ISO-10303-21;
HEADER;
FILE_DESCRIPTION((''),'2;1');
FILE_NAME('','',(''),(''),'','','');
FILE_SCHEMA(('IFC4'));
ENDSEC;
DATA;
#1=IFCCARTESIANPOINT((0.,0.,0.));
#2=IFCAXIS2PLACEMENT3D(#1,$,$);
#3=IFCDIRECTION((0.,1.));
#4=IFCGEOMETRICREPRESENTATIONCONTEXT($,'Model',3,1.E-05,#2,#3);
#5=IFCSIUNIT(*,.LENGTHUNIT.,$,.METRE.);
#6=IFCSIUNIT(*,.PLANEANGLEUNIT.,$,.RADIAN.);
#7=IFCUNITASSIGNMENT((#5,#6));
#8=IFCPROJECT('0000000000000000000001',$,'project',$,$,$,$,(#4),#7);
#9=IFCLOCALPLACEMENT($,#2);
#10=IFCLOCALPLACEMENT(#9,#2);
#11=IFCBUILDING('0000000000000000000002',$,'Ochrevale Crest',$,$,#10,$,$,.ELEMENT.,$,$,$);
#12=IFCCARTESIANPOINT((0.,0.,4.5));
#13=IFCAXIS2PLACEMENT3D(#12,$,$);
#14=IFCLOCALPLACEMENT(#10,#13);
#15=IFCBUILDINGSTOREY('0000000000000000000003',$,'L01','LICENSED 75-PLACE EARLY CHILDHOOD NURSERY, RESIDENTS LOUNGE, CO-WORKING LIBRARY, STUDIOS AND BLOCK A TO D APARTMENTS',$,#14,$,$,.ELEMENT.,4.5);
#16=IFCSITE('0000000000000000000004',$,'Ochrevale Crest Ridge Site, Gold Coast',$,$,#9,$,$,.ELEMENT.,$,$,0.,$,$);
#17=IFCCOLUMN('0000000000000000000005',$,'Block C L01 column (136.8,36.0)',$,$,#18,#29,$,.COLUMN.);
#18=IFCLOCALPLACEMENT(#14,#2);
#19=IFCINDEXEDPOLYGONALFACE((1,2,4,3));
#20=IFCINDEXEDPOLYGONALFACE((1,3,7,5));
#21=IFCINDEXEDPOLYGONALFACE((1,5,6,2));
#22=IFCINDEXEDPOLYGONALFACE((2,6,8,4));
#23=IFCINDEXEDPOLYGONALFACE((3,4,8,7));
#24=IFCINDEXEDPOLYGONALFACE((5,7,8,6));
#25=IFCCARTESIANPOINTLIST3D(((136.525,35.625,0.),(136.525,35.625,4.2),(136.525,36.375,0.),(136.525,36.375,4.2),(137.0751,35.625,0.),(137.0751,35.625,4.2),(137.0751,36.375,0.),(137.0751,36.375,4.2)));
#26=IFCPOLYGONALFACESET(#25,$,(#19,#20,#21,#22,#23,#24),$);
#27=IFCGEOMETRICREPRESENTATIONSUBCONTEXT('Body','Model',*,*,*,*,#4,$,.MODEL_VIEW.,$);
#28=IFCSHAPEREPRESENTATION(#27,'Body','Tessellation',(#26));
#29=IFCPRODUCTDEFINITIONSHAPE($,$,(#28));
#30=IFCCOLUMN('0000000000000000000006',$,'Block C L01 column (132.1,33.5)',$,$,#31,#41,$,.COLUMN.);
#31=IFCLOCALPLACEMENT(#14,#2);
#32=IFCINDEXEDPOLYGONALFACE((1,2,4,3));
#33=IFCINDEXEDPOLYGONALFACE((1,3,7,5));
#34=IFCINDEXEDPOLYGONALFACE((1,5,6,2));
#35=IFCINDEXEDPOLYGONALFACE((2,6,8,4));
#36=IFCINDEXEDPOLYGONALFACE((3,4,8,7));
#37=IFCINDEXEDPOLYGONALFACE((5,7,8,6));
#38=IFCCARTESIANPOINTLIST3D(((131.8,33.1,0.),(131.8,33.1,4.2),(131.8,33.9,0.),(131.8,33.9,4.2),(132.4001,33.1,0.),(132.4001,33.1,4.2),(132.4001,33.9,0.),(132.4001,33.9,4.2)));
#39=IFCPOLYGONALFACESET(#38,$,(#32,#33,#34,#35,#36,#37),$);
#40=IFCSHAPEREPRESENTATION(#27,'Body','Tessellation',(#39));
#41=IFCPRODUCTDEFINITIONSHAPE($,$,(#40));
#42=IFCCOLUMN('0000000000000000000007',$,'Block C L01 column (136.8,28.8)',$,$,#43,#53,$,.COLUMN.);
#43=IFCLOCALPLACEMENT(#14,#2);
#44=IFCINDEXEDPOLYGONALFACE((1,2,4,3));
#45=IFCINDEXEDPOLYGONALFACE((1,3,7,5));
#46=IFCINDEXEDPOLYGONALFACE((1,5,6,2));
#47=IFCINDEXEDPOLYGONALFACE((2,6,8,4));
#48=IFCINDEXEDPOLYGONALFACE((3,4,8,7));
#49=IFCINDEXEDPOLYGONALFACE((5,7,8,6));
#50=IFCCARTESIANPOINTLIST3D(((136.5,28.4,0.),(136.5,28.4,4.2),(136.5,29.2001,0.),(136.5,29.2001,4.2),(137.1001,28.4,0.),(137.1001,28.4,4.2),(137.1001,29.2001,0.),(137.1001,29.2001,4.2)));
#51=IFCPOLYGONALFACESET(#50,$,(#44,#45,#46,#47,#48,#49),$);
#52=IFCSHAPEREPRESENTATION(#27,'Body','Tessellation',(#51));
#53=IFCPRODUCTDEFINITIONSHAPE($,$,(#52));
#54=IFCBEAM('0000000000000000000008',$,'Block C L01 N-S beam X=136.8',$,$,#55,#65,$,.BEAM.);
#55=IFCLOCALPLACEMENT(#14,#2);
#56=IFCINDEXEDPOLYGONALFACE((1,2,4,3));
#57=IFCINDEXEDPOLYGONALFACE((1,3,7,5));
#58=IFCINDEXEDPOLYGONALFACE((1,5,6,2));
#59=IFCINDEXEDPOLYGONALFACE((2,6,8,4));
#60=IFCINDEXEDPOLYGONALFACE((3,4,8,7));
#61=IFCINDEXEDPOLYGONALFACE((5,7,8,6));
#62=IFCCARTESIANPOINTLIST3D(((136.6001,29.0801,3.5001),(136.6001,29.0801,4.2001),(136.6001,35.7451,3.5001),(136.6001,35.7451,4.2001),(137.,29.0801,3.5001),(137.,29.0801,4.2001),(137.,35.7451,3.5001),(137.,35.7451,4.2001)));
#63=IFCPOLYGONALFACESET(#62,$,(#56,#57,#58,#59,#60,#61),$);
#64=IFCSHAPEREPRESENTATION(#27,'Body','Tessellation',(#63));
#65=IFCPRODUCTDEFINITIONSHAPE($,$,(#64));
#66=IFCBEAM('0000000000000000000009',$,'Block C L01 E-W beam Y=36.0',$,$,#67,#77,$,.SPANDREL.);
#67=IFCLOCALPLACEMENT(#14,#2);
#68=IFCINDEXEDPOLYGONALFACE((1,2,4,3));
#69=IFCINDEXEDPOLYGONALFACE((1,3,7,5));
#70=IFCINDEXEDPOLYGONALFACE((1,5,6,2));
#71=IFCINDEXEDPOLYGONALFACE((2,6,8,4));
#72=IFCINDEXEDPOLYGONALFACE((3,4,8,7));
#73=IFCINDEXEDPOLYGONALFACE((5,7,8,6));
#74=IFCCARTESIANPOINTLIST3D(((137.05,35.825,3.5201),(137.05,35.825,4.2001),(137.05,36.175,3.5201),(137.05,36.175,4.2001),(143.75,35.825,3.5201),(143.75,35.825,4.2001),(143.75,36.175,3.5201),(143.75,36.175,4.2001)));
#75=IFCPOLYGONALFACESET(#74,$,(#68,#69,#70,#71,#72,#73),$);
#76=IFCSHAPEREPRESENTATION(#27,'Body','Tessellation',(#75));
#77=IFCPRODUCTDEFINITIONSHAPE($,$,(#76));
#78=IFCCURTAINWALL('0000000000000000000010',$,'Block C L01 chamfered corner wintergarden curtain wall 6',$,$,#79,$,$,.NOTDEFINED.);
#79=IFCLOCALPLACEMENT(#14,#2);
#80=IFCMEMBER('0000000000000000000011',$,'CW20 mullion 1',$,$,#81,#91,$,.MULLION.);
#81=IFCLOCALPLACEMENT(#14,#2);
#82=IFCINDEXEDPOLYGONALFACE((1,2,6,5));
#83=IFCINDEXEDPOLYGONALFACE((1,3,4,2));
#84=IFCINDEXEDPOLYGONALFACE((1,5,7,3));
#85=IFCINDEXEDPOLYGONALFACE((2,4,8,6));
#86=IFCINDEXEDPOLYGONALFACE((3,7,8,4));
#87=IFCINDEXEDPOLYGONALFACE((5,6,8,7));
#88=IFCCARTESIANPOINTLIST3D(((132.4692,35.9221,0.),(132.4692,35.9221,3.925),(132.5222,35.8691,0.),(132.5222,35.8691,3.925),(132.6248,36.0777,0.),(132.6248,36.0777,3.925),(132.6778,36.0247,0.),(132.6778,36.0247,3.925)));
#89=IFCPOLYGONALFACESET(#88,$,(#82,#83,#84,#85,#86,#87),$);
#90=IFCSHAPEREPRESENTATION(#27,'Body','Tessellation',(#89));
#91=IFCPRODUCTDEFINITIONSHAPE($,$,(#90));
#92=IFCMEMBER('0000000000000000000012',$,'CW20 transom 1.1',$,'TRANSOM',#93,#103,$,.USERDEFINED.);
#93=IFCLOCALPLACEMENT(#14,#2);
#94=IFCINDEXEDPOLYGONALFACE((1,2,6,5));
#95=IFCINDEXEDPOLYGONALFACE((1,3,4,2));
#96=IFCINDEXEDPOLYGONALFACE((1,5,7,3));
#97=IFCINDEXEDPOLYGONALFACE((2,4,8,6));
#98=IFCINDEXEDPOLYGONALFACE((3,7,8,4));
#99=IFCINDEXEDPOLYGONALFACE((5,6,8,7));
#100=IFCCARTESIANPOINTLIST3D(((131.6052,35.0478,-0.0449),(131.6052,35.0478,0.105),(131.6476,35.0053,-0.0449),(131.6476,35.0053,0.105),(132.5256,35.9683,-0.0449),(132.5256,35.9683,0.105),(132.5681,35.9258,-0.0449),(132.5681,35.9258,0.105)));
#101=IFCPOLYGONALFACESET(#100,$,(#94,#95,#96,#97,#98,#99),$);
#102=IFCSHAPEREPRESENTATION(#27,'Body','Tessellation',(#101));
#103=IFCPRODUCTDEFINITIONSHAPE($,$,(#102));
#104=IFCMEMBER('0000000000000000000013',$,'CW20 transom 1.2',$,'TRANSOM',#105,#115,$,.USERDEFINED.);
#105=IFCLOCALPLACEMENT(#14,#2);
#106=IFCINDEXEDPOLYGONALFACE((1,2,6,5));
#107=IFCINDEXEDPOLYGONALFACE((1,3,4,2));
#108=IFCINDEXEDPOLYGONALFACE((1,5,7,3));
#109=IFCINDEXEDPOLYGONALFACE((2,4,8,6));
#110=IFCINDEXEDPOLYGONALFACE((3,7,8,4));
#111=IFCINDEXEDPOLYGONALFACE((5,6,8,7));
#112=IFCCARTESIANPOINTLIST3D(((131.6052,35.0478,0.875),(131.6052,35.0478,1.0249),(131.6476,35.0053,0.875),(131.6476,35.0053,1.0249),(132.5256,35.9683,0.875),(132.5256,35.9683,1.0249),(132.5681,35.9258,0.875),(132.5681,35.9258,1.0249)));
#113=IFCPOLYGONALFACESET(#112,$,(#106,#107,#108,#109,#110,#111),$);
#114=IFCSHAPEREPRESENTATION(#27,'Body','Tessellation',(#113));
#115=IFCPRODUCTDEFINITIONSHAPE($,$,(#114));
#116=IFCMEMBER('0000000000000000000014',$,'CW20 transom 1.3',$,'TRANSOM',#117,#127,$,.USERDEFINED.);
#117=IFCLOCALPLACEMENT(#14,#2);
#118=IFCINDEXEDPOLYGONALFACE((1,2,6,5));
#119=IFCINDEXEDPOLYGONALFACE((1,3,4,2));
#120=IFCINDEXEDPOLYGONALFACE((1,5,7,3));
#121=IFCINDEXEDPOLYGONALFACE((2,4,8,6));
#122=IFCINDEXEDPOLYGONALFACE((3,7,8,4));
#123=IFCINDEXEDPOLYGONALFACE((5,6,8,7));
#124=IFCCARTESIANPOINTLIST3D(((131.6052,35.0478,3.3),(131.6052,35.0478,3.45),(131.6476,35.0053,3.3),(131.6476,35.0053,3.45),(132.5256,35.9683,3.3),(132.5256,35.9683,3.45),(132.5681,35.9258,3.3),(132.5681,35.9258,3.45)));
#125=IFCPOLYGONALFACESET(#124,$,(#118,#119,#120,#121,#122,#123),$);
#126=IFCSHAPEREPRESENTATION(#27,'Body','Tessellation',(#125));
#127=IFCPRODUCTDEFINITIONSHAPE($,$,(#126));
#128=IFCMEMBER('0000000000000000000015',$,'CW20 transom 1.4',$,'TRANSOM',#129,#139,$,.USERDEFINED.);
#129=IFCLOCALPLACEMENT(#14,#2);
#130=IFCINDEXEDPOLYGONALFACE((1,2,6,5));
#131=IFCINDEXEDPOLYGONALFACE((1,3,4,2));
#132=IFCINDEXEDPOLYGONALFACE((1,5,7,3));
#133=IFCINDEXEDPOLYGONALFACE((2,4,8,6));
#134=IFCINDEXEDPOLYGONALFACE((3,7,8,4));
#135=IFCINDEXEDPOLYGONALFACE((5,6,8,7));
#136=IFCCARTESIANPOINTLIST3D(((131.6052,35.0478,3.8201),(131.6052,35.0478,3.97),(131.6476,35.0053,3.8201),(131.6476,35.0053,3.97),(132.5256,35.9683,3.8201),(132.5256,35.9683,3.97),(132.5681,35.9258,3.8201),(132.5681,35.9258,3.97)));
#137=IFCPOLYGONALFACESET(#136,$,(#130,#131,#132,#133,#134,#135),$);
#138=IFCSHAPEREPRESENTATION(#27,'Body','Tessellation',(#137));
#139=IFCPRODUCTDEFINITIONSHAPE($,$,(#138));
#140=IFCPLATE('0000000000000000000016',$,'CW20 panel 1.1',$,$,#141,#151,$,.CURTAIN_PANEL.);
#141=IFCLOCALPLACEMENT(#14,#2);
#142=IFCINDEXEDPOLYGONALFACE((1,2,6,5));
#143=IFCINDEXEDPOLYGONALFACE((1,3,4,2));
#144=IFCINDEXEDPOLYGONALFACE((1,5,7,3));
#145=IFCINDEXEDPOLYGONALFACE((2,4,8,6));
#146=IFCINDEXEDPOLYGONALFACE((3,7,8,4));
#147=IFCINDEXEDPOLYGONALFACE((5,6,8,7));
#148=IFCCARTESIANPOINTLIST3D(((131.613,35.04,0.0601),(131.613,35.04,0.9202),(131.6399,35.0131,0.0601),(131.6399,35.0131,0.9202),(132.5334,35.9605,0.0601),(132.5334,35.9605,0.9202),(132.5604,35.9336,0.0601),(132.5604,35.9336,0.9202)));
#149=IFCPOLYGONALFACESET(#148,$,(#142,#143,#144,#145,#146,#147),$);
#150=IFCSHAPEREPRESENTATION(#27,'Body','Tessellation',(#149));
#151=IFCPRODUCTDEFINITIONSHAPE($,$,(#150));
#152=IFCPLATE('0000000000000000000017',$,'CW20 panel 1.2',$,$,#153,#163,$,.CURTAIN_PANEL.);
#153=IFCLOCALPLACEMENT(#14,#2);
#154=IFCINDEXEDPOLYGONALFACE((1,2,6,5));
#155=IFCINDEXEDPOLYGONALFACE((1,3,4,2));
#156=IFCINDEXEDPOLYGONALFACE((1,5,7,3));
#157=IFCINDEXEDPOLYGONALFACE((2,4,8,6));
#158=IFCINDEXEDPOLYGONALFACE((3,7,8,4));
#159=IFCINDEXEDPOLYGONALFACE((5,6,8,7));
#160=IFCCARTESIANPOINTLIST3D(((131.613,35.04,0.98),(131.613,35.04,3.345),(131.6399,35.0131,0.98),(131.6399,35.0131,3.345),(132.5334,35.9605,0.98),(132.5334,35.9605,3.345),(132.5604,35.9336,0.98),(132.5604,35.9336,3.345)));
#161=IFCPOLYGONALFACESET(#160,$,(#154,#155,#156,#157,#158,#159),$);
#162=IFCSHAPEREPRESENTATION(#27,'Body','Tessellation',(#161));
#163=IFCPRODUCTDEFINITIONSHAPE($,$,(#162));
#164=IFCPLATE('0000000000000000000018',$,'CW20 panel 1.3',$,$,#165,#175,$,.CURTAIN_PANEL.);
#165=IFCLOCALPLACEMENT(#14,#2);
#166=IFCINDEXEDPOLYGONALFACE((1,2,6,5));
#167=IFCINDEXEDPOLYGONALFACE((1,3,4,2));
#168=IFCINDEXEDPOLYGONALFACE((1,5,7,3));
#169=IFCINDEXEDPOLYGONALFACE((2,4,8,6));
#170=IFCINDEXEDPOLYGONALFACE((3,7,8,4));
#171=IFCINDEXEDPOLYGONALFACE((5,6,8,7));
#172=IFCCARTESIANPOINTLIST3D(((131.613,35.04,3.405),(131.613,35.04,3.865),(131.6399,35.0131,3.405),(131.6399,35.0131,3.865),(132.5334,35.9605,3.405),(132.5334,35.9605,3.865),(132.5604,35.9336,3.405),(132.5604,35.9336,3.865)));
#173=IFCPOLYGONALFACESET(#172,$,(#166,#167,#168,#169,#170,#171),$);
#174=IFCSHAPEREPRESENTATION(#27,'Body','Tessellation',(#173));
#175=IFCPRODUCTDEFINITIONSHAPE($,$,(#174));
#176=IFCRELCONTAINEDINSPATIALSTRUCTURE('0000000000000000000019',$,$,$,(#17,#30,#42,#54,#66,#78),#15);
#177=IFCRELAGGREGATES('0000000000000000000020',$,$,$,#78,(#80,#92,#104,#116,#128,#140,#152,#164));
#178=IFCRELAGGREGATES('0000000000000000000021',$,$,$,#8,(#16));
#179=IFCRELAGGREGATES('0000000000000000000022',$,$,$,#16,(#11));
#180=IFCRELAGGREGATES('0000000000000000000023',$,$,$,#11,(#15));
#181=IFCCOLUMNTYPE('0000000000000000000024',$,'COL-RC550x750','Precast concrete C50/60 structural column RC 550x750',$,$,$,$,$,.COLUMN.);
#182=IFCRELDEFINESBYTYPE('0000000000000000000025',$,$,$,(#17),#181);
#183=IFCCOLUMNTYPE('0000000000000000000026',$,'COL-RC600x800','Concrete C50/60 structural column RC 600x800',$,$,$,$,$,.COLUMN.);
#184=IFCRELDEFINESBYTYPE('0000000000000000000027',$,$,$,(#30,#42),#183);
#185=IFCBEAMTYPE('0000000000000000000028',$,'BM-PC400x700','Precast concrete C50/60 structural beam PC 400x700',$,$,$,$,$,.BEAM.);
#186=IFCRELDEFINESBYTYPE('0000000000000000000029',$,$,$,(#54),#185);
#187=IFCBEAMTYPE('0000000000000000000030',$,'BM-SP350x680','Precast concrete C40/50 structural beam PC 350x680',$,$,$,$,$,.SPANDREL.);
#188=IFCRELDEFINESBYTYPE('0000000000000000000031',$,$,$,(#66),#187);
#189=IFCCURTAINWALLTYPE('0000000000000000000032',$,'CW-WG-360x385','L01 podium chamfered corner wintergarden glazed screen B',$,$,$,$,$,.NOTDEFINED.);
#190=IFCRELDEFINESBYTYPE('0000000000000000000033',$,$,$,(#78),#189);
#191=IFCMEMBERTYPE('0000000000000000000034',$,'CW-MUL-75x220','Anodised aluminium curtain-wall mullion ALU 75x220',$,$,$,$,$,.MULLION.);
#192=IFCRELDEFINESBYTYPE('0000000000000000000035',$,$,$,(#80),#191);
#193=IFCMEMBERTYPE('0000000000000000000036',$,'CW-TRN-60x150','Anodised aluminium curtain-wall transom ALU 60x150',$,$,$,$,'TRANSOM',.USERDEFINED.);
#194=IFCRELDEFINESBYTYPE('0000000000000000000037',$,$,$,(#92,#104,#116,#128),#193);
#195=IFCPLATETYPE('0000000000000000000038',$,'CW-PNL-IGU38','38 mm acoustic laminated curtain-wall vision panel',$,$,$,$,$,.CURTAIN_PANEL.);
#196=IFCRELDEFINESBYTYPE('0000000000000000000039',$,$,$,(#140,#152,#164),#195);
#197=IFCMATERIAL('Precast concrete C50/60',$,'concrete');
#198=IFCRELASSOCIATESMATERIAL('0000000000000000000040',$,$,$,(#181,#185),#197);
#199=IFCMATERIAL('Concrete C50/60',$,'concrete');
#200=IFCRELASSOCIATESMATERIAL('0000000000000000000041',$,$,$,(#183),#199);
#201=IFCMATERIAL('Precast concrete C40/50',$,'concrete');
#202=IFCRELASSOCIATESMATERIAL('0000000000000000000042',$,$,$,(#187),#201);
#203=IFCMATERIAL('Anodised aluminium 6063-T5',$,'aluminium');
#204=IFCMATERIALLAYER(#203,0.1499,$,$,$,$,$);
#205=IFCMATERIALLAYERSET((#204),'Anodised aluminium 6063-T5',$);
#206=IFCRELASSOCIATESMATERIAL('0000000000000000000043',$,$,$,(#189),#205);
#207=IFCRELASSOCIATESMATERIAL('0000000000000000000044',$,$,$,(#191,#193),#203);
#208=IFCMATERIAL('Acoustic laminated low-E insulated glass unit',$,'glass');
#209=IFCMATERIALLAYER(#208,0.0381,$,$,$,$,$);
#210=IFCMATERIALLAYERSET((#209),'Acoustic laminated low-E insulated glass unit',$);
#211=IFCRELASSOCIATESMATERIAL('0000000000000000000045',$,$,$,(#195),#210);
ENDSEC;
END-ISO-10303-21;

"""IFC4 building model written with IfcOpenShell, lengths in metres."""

from ifc_helpers import new_model, si_unit, direction, frame, origin, origin_2d, place, context, subcontext, project, spatial, rectangle, extrude, material, layer, layer_set, material_profile, profile_set, type_object, element, aggregate, save


model = new_model("IFC4")

# Units and contexts
model_context = context("Model", 3, precision=1e-05, world=origin(), true_north=direction((0.0, 1.0)))
body_context = subcontext(model_context, "Body", "Model", "MODEL_VIEW")
ifc_project = project(units=[si_unit("LENGTHUNIT", "METRE"), si_unit("PLANEANGLEUNIT", "RADIAN")], contexts=[model_context])

# Site, building, storey
site_placement = place(None, origin())
site = spatial("IfcSite", under=ifc_project, at=site_placement, Name="Ochrevale Crest Ridge Site, Gold Coast", CompositionType="ELEMENT", RefElevation=0.0)
building_placement = place(site_placement, origin())
building = spatial("IfcBuilding", under=site, at=building_placement, Name="Ochrevale Crest", CompositionType="ELEMENT")
storey_placement = place(building_placement, frame((0.0, 0.0, 4.5)))
storey = spatial("IfcBuildingStorey", under=building, at=storey_placement, Name="L01", Description="LICENSED 75-PLACE EARLY CHILDHOOD NURSERY, RESIDENTS LOUNGE, CO-WORKING LIBRARY, STUDIOS AND BLOCK A TO D APARTMENTS", CompositionType="ELEMENT", Elevation=4.5)

# Columns
ifc_material_1 = material(Name="Precast concrete C50/60", Category="concrete")
ifc_material_profile_1 = material_profile(ifc_material_1, rectangle(XDim=0.55, YDim=0.75, at=origin_2d()), Name="RC 550x750")
ifc_profile_set_1 = profile_set([ifc_material_profile_1], Name="Precast concrete C50/60")
column_type_1 = type_object("IfcColumnType", Name="COL-RC550x750", Description="Precast concrete C50/60 structural column RC 550x750", PredefinedType="COLUMN", material=ifc_profile_set_1)
column_placement = place(storey_placement, frame((136.8, 36.0, 0.0), z_axis=(0.0, 0.0, 1.0), x_axis=(1.0, 0.0, 0.0)))
element("IfcColumn", 1, at=column_placement, inside=storey, type_object=column_type_1, Name="Block C L01 column (136.8,36.0)", PredefinedType="COLUMN", context=body_context, shape_type="SweptSolid", body=[
    extrude(rectangle(XDim=0.55, YDim=0.75, at=origin_2d()), origin(), (0.0, 0.0, 1.0), 4.2),
])
ifc_material_2 = material(Name="Concrete C50/60", Category="concrete")
ifc_material_profile_2 = material_profile(ifc_material_2, rectangle(XDim=0.6001, YDim=0.8, at=origin_2d()), Name="RC 600x800")
ifc_profile_set_2 = profile_set([ifc_material_profile_2], Name="Concrete C50/60")
column_type_2 = type_object("IfcColumnType", Name="COL-RC600x800", Description="Concrete C50/60 structural column RC 600x800", PredefinedType="COLUMN", material=ifc_profile_set_2)
for number, where, z_axis, x_axis, name in (
    (2, (132.1001, 33.5, 0.0), (0.0, 0.0, 1.0), (1.0, 0.0, 0.0), "Block C L01 column (132.1,33.5)"),
    (3, (136.8, 28.8, 0.0), (0.0, 0.0, 1.0), (1.0, 0.0, 0.0), "Block C L01 column (136.8,28.8)"),
):
    element("IfcColumn", number, at=place(storey_placement, frame(where, z_axis=z_axis, x_axis=x_axis)), inside=storey, type_object=column_type_2, Name=name, PredefinedType="COLUMN", context=body_context, shape_type="SweptSolid", body=[
        extrude(rectangle(XDim=0.6001, YDim=0.8, at=origin_2d()), origin(), (0.0, 0.0, 1.0), 4.2),
    ])

# Beams
ifc_material_profile_3 = material_profile(ifc_material_1, rectangle(XDim=0.3999, YDim=0.7, at=origin_2d()), Name="PC 400x700")
ifc_profile_set_3 = profile_set([ifc_material_profile_3], Name="Precast concrete C50/60")
beam_type_1 = type_object("IfcBeamType", Name="BM-PC400x700", Description="Precast concrete C50/60 structural beam PC 400x700", PredefinedType="BEAM", material=ifc_profile_set_3)
beam_1_placement = place(storey_placement, frame((136.8, 29.0801, 3.8501), z_axis=(0.0, 1.0, 0.0), x_axis=(-1.0, 0.0, 0.0)))
element("IfcBeam", 4, at=beam_1_placement, inside=storey, type_object=beam_type_1, Name="Block C L01 N-S beam X=136.8", PredefinedType="BEAM", context=body_context, shape_type="SweptSolid", body=[
    extrude(rectangle(XDim=0.3999, YDim=0.7, at=origin_2d()), origin(), (0.0, 0.0, 1.0), 6.665),
])
ifc_material_3 = material(Name="Precast concrete C40/50", Category="concrete")
ifc_material_profile_4 = material_profile(ifc_material_3, rectangle(XDim=0.3501, YDim=0.6799, at=origin_2d()), Name="PC 350x680")
ifc_profile_set_4 = profile_set([ifc_material_profile_4], Name="Precast concrete C40/50")
beam_type_2 = type_object("IfcBeamType", Name="BM-SP350x680", Description="Precast concrete C40/50 structural beam PC 350x680", PredefinedType="SPANDREL", material=ifc_profile_set_4)
beam_2_placement = place(storey_placement, frame((137.05, 36.0, 3.8601), z_axis=(1.0, 0.0, 0.0), x_axis=(0.0, 1.0, 0.0)))
element("IfcBeam", 5, at=beam_2_placement, inside=storey, type_object=beam_type_2, Name="Block C L01 E-W beam Y=36.0", PredefinedType="SPANDREL", context=body_context, shape_type="SweptSolid", body=[
    extrude(rectangle(XDim=0.3501, YDim=0.6799, at=origin_2d()), origin(), (0.0, 0.0, 1.0), 6.7),
])

# Curtain wall, members, plates
ifc_material_4 = material(Name="Anodised aluminium 6063-T5", Category="aluminium")
ifc_layer_1 = layer(ifc_material_4, 0.1499)
ifc_layer_set_1 = layer_set([ifc_layer_1], Name="Anodised aluminium 6063-T5")
curtain_wall_type = type_object("IfcCurtainWallType", Name="CW-WG-360x385", Description="L01 podium chamfered corner wintergarden glazed screen B", PredefinedType="NOTDEFINED", material=ifc_layer_set_1)
curtain_wall_placement = place(storey_placement, origin())
curtain_wall = element("IfcCurtainWall", 6, at=curtain_wall_placement, inside=storey, type_object=curtain_wall_type, Name="Block C L01 chamfered corner wintergarden curtain wall 6", PredefinedType="NOTDEFINED")
ifc_material_profile_5 = material_profile(ifc_material_4, rectangle(XDim=0.075, YDim=0.22, at=origin_2d()), Name="ALU 75x220")
ifc_profile_set_5 = profile_set([ifc_material_profile_5], Name="Anodised aluminium 6063-T5")
member_type_1 = type_object("IfcMemberType", Name="CW-MUL-75x220", Description="Anodised aluminium curtain-wall mullion ALU 75x220", PredefinedType="MULLION", material=ifc_profile_set_5)
member_1_placement = place(storey_placement, frame((132.5735, 35.9734, 0.0), z_axis=(0.0, 0.0, 1.0), x_axis=(0.707107, -0.707107, 0.0)))
member_1 = element("IfcMember", 7, at=member_1_placement, type_object=member_type_1, Name="CW20 mullion 1", PredefinedType="MULLION", context=body_context, shape_type="SweptSolid", body=[
    extrude(rectangle(XDim=0.075, YDim=0.22, at=origin_2d()), origin(), (0.0, 0.0, 1.0), 3.925),
])
ifc_material_profile_6 = material_profile(ifc_material_4, rectangle(XDim=0.0601, YDim=0.1499, at=origin_2d()), Name="ALU 60x150")
ifc_profile_set_6 = profile_set([ifc_material_profile_6], Name="Anodised aluminium 6063-T5")
member_type_2 = type_object("IfcMemberType", Name="CW-TRN-60x150", Description="Anodised aluminium curtain-wall transom ALU 60x150", ElementType="TRANSOM", PredefinedType="USERDEFINED", material=ifc_profile_set_6)
member_2_placement = place(storey_placement, frame((132.5469, 35.947, 0.03), z_axis=(-0.707107, -0.707107, 0.0), x_axis=(0.707107, -0.707107, 0.0)))
member_2 = element("IfcMember", 8, at=member_2_placement, type_object=member_type_2, Name="CW20 transom 1.1", ObjectType="TRANSOM", PredefinedType="USERDEFINED", context=body_context, shape_type="SweptSolid", body=[
    extrude(rectangle(XDim=0.0601, YDim=0.1499, at=origin_2d()), origin(), (0.0, 0.0, 1.0), 1.3018),
])
member_3_placement = place(storey_placement, frame((132.5469, 35.947, 0.95), z_axis=(-0.707107, -0.707107, 0.0), x_axis=(0.707107, -0.707107, 0.0)))
member_3 = element("IfcMember", 9, at=member_3_placement, type_object=member_type_2, Name="CW20 transom 1.2", ObjectType="TRANSOM", PredefinedType="USERDEFINED", context=body_context, shape_type="SweptSolid", body=[
    extrude(rectangle(XDim=0.0601, YDim=0.1499, at=origin_2d()), origin(), (0.0, 0.0, 1.0), 1.3018),
])
member_4_placement = place(storey_placement, frame((132.5469, 35.947, 3.375), z_axis=(-0.707107, -0.707107, 0.0), x_axis=(0.707107, -0.707107, 0.0)))
member_4 = element("IfcMember", 10, at=member_4_placement, type_object=member_type_2, Name="CW20 transom 1.3", ObjectType="TRANSOM", PredefinedType="USERDEFINED", context=body_context, shape_type="SweptSolid", body=[
    extrude(rectangle(XDim=0.0601, YDim=0.1499, at=origin_2d()), origin(), (0.0, 0.0, 1.0), 1.3018),
])
member_5_placement = place(storey_placement, frame((132.5469, 35.947, 3.895), z_axis=(-0.707107, -0.707107, 0.0), x_axis=(0.707107, -0.707107, 0.0)))
member_5 = element("IfcMember", 11, at=member_5_placement, type_object=member_type_2, Name="CW20 transom 1.4", ObjectType="TRANSOM", PredefinedType="USERDEFINED", context=body_context, shape_type="SweptSolid", body=[
    extrude(rectangle(XDim=0.0601, YDim=0.1499, at=origin_2d()), origin(), (0.0, 0.0, 1.0), 1.3018),
])
ifc_material_5 = material(Name="Acoustic laminated low-E insulated glass unit", Category="glass")
ifc_layer_2 = layer(ifc_material_5, 0.0381)
ifc_layer_set_2 = layer_set([ifc_layer_2], Name="Acoustic laminated low-E insulated glass unit")
plate_type_1 = type_object("IfcPlateType", Name="CW-PNL-IGU38", Description="38 mm acoustic laminated curtain-wall vision panel", PredefinedType="CURTAIN_PANEL", material=ifc_layer_set_2)
plate_1_placement = place(storey_placement, frame((132.0867, 35.4868, 0.0601), z_axis=(0.0, 0.0, 1.0), x_axis=(-0.707107, -0.707107, 0.0)))
plate_1 = element("IfcPlate", 12, at=plate_1_placement, type_object=plate_type_1, Name="CW20 panel 1.1", PredefinedType="CURTAIN_PANEL", context=body_context, shape_type="SweptSolid", body=[
    extrude(rectangle(XDim=1.3018, YDim=0.0381, at=origin_2d()), origin(), (0.0, 0.0, 1.0), 0.8601),
])
plate_2_placement = place(storey_placement, frame((132.0867, 35.4868, 0.98), z_axis=(0.0, 0.0, 1.0), x_axis=(-0.707107, -0.707107, 0.0)))
plate_2 = element("IfcPlate", 13, at=plate_2_placement, type_object=plate_type_1, Name="CW20 panel 1.2", PredefinedType="CURTAIN_PANEL", context=body_context, shape_type="SweptSolid", body=[
    extrude(rectangle(XDim=1.3018, YDim=0.0381, at=origin_2d()), origin(), (0.0, 0.0, 1.0), 2.365),
])
plate_3_placement = place(storey_placement, frame((132.0867, 35.4868, 3.405), z_axis=(0.0, 0.0, 1.0), x_axis=(-0.707107, -0.707107, 0.0)))
plate_3 = element("IfcPlate", 14, at=plate_3_placement, type_object=plate_type_1, Name="CW20 panel 1.3", PredefinedType="CURTAIN_PANEL", context=body_context, shape_type="SweptSolid", body=[
    extrude(rectangle(XDim=1.3018, YDim=0.0381, at=origin_2d()), origin(), (0.0, 0.0, 1.0), 0.46),
])
aggregate(curtain_wall, [member_1, member_2, member_3, member_4, member_5, plate_1, plate_2, plate_3])

save(model, "model.ifc")
